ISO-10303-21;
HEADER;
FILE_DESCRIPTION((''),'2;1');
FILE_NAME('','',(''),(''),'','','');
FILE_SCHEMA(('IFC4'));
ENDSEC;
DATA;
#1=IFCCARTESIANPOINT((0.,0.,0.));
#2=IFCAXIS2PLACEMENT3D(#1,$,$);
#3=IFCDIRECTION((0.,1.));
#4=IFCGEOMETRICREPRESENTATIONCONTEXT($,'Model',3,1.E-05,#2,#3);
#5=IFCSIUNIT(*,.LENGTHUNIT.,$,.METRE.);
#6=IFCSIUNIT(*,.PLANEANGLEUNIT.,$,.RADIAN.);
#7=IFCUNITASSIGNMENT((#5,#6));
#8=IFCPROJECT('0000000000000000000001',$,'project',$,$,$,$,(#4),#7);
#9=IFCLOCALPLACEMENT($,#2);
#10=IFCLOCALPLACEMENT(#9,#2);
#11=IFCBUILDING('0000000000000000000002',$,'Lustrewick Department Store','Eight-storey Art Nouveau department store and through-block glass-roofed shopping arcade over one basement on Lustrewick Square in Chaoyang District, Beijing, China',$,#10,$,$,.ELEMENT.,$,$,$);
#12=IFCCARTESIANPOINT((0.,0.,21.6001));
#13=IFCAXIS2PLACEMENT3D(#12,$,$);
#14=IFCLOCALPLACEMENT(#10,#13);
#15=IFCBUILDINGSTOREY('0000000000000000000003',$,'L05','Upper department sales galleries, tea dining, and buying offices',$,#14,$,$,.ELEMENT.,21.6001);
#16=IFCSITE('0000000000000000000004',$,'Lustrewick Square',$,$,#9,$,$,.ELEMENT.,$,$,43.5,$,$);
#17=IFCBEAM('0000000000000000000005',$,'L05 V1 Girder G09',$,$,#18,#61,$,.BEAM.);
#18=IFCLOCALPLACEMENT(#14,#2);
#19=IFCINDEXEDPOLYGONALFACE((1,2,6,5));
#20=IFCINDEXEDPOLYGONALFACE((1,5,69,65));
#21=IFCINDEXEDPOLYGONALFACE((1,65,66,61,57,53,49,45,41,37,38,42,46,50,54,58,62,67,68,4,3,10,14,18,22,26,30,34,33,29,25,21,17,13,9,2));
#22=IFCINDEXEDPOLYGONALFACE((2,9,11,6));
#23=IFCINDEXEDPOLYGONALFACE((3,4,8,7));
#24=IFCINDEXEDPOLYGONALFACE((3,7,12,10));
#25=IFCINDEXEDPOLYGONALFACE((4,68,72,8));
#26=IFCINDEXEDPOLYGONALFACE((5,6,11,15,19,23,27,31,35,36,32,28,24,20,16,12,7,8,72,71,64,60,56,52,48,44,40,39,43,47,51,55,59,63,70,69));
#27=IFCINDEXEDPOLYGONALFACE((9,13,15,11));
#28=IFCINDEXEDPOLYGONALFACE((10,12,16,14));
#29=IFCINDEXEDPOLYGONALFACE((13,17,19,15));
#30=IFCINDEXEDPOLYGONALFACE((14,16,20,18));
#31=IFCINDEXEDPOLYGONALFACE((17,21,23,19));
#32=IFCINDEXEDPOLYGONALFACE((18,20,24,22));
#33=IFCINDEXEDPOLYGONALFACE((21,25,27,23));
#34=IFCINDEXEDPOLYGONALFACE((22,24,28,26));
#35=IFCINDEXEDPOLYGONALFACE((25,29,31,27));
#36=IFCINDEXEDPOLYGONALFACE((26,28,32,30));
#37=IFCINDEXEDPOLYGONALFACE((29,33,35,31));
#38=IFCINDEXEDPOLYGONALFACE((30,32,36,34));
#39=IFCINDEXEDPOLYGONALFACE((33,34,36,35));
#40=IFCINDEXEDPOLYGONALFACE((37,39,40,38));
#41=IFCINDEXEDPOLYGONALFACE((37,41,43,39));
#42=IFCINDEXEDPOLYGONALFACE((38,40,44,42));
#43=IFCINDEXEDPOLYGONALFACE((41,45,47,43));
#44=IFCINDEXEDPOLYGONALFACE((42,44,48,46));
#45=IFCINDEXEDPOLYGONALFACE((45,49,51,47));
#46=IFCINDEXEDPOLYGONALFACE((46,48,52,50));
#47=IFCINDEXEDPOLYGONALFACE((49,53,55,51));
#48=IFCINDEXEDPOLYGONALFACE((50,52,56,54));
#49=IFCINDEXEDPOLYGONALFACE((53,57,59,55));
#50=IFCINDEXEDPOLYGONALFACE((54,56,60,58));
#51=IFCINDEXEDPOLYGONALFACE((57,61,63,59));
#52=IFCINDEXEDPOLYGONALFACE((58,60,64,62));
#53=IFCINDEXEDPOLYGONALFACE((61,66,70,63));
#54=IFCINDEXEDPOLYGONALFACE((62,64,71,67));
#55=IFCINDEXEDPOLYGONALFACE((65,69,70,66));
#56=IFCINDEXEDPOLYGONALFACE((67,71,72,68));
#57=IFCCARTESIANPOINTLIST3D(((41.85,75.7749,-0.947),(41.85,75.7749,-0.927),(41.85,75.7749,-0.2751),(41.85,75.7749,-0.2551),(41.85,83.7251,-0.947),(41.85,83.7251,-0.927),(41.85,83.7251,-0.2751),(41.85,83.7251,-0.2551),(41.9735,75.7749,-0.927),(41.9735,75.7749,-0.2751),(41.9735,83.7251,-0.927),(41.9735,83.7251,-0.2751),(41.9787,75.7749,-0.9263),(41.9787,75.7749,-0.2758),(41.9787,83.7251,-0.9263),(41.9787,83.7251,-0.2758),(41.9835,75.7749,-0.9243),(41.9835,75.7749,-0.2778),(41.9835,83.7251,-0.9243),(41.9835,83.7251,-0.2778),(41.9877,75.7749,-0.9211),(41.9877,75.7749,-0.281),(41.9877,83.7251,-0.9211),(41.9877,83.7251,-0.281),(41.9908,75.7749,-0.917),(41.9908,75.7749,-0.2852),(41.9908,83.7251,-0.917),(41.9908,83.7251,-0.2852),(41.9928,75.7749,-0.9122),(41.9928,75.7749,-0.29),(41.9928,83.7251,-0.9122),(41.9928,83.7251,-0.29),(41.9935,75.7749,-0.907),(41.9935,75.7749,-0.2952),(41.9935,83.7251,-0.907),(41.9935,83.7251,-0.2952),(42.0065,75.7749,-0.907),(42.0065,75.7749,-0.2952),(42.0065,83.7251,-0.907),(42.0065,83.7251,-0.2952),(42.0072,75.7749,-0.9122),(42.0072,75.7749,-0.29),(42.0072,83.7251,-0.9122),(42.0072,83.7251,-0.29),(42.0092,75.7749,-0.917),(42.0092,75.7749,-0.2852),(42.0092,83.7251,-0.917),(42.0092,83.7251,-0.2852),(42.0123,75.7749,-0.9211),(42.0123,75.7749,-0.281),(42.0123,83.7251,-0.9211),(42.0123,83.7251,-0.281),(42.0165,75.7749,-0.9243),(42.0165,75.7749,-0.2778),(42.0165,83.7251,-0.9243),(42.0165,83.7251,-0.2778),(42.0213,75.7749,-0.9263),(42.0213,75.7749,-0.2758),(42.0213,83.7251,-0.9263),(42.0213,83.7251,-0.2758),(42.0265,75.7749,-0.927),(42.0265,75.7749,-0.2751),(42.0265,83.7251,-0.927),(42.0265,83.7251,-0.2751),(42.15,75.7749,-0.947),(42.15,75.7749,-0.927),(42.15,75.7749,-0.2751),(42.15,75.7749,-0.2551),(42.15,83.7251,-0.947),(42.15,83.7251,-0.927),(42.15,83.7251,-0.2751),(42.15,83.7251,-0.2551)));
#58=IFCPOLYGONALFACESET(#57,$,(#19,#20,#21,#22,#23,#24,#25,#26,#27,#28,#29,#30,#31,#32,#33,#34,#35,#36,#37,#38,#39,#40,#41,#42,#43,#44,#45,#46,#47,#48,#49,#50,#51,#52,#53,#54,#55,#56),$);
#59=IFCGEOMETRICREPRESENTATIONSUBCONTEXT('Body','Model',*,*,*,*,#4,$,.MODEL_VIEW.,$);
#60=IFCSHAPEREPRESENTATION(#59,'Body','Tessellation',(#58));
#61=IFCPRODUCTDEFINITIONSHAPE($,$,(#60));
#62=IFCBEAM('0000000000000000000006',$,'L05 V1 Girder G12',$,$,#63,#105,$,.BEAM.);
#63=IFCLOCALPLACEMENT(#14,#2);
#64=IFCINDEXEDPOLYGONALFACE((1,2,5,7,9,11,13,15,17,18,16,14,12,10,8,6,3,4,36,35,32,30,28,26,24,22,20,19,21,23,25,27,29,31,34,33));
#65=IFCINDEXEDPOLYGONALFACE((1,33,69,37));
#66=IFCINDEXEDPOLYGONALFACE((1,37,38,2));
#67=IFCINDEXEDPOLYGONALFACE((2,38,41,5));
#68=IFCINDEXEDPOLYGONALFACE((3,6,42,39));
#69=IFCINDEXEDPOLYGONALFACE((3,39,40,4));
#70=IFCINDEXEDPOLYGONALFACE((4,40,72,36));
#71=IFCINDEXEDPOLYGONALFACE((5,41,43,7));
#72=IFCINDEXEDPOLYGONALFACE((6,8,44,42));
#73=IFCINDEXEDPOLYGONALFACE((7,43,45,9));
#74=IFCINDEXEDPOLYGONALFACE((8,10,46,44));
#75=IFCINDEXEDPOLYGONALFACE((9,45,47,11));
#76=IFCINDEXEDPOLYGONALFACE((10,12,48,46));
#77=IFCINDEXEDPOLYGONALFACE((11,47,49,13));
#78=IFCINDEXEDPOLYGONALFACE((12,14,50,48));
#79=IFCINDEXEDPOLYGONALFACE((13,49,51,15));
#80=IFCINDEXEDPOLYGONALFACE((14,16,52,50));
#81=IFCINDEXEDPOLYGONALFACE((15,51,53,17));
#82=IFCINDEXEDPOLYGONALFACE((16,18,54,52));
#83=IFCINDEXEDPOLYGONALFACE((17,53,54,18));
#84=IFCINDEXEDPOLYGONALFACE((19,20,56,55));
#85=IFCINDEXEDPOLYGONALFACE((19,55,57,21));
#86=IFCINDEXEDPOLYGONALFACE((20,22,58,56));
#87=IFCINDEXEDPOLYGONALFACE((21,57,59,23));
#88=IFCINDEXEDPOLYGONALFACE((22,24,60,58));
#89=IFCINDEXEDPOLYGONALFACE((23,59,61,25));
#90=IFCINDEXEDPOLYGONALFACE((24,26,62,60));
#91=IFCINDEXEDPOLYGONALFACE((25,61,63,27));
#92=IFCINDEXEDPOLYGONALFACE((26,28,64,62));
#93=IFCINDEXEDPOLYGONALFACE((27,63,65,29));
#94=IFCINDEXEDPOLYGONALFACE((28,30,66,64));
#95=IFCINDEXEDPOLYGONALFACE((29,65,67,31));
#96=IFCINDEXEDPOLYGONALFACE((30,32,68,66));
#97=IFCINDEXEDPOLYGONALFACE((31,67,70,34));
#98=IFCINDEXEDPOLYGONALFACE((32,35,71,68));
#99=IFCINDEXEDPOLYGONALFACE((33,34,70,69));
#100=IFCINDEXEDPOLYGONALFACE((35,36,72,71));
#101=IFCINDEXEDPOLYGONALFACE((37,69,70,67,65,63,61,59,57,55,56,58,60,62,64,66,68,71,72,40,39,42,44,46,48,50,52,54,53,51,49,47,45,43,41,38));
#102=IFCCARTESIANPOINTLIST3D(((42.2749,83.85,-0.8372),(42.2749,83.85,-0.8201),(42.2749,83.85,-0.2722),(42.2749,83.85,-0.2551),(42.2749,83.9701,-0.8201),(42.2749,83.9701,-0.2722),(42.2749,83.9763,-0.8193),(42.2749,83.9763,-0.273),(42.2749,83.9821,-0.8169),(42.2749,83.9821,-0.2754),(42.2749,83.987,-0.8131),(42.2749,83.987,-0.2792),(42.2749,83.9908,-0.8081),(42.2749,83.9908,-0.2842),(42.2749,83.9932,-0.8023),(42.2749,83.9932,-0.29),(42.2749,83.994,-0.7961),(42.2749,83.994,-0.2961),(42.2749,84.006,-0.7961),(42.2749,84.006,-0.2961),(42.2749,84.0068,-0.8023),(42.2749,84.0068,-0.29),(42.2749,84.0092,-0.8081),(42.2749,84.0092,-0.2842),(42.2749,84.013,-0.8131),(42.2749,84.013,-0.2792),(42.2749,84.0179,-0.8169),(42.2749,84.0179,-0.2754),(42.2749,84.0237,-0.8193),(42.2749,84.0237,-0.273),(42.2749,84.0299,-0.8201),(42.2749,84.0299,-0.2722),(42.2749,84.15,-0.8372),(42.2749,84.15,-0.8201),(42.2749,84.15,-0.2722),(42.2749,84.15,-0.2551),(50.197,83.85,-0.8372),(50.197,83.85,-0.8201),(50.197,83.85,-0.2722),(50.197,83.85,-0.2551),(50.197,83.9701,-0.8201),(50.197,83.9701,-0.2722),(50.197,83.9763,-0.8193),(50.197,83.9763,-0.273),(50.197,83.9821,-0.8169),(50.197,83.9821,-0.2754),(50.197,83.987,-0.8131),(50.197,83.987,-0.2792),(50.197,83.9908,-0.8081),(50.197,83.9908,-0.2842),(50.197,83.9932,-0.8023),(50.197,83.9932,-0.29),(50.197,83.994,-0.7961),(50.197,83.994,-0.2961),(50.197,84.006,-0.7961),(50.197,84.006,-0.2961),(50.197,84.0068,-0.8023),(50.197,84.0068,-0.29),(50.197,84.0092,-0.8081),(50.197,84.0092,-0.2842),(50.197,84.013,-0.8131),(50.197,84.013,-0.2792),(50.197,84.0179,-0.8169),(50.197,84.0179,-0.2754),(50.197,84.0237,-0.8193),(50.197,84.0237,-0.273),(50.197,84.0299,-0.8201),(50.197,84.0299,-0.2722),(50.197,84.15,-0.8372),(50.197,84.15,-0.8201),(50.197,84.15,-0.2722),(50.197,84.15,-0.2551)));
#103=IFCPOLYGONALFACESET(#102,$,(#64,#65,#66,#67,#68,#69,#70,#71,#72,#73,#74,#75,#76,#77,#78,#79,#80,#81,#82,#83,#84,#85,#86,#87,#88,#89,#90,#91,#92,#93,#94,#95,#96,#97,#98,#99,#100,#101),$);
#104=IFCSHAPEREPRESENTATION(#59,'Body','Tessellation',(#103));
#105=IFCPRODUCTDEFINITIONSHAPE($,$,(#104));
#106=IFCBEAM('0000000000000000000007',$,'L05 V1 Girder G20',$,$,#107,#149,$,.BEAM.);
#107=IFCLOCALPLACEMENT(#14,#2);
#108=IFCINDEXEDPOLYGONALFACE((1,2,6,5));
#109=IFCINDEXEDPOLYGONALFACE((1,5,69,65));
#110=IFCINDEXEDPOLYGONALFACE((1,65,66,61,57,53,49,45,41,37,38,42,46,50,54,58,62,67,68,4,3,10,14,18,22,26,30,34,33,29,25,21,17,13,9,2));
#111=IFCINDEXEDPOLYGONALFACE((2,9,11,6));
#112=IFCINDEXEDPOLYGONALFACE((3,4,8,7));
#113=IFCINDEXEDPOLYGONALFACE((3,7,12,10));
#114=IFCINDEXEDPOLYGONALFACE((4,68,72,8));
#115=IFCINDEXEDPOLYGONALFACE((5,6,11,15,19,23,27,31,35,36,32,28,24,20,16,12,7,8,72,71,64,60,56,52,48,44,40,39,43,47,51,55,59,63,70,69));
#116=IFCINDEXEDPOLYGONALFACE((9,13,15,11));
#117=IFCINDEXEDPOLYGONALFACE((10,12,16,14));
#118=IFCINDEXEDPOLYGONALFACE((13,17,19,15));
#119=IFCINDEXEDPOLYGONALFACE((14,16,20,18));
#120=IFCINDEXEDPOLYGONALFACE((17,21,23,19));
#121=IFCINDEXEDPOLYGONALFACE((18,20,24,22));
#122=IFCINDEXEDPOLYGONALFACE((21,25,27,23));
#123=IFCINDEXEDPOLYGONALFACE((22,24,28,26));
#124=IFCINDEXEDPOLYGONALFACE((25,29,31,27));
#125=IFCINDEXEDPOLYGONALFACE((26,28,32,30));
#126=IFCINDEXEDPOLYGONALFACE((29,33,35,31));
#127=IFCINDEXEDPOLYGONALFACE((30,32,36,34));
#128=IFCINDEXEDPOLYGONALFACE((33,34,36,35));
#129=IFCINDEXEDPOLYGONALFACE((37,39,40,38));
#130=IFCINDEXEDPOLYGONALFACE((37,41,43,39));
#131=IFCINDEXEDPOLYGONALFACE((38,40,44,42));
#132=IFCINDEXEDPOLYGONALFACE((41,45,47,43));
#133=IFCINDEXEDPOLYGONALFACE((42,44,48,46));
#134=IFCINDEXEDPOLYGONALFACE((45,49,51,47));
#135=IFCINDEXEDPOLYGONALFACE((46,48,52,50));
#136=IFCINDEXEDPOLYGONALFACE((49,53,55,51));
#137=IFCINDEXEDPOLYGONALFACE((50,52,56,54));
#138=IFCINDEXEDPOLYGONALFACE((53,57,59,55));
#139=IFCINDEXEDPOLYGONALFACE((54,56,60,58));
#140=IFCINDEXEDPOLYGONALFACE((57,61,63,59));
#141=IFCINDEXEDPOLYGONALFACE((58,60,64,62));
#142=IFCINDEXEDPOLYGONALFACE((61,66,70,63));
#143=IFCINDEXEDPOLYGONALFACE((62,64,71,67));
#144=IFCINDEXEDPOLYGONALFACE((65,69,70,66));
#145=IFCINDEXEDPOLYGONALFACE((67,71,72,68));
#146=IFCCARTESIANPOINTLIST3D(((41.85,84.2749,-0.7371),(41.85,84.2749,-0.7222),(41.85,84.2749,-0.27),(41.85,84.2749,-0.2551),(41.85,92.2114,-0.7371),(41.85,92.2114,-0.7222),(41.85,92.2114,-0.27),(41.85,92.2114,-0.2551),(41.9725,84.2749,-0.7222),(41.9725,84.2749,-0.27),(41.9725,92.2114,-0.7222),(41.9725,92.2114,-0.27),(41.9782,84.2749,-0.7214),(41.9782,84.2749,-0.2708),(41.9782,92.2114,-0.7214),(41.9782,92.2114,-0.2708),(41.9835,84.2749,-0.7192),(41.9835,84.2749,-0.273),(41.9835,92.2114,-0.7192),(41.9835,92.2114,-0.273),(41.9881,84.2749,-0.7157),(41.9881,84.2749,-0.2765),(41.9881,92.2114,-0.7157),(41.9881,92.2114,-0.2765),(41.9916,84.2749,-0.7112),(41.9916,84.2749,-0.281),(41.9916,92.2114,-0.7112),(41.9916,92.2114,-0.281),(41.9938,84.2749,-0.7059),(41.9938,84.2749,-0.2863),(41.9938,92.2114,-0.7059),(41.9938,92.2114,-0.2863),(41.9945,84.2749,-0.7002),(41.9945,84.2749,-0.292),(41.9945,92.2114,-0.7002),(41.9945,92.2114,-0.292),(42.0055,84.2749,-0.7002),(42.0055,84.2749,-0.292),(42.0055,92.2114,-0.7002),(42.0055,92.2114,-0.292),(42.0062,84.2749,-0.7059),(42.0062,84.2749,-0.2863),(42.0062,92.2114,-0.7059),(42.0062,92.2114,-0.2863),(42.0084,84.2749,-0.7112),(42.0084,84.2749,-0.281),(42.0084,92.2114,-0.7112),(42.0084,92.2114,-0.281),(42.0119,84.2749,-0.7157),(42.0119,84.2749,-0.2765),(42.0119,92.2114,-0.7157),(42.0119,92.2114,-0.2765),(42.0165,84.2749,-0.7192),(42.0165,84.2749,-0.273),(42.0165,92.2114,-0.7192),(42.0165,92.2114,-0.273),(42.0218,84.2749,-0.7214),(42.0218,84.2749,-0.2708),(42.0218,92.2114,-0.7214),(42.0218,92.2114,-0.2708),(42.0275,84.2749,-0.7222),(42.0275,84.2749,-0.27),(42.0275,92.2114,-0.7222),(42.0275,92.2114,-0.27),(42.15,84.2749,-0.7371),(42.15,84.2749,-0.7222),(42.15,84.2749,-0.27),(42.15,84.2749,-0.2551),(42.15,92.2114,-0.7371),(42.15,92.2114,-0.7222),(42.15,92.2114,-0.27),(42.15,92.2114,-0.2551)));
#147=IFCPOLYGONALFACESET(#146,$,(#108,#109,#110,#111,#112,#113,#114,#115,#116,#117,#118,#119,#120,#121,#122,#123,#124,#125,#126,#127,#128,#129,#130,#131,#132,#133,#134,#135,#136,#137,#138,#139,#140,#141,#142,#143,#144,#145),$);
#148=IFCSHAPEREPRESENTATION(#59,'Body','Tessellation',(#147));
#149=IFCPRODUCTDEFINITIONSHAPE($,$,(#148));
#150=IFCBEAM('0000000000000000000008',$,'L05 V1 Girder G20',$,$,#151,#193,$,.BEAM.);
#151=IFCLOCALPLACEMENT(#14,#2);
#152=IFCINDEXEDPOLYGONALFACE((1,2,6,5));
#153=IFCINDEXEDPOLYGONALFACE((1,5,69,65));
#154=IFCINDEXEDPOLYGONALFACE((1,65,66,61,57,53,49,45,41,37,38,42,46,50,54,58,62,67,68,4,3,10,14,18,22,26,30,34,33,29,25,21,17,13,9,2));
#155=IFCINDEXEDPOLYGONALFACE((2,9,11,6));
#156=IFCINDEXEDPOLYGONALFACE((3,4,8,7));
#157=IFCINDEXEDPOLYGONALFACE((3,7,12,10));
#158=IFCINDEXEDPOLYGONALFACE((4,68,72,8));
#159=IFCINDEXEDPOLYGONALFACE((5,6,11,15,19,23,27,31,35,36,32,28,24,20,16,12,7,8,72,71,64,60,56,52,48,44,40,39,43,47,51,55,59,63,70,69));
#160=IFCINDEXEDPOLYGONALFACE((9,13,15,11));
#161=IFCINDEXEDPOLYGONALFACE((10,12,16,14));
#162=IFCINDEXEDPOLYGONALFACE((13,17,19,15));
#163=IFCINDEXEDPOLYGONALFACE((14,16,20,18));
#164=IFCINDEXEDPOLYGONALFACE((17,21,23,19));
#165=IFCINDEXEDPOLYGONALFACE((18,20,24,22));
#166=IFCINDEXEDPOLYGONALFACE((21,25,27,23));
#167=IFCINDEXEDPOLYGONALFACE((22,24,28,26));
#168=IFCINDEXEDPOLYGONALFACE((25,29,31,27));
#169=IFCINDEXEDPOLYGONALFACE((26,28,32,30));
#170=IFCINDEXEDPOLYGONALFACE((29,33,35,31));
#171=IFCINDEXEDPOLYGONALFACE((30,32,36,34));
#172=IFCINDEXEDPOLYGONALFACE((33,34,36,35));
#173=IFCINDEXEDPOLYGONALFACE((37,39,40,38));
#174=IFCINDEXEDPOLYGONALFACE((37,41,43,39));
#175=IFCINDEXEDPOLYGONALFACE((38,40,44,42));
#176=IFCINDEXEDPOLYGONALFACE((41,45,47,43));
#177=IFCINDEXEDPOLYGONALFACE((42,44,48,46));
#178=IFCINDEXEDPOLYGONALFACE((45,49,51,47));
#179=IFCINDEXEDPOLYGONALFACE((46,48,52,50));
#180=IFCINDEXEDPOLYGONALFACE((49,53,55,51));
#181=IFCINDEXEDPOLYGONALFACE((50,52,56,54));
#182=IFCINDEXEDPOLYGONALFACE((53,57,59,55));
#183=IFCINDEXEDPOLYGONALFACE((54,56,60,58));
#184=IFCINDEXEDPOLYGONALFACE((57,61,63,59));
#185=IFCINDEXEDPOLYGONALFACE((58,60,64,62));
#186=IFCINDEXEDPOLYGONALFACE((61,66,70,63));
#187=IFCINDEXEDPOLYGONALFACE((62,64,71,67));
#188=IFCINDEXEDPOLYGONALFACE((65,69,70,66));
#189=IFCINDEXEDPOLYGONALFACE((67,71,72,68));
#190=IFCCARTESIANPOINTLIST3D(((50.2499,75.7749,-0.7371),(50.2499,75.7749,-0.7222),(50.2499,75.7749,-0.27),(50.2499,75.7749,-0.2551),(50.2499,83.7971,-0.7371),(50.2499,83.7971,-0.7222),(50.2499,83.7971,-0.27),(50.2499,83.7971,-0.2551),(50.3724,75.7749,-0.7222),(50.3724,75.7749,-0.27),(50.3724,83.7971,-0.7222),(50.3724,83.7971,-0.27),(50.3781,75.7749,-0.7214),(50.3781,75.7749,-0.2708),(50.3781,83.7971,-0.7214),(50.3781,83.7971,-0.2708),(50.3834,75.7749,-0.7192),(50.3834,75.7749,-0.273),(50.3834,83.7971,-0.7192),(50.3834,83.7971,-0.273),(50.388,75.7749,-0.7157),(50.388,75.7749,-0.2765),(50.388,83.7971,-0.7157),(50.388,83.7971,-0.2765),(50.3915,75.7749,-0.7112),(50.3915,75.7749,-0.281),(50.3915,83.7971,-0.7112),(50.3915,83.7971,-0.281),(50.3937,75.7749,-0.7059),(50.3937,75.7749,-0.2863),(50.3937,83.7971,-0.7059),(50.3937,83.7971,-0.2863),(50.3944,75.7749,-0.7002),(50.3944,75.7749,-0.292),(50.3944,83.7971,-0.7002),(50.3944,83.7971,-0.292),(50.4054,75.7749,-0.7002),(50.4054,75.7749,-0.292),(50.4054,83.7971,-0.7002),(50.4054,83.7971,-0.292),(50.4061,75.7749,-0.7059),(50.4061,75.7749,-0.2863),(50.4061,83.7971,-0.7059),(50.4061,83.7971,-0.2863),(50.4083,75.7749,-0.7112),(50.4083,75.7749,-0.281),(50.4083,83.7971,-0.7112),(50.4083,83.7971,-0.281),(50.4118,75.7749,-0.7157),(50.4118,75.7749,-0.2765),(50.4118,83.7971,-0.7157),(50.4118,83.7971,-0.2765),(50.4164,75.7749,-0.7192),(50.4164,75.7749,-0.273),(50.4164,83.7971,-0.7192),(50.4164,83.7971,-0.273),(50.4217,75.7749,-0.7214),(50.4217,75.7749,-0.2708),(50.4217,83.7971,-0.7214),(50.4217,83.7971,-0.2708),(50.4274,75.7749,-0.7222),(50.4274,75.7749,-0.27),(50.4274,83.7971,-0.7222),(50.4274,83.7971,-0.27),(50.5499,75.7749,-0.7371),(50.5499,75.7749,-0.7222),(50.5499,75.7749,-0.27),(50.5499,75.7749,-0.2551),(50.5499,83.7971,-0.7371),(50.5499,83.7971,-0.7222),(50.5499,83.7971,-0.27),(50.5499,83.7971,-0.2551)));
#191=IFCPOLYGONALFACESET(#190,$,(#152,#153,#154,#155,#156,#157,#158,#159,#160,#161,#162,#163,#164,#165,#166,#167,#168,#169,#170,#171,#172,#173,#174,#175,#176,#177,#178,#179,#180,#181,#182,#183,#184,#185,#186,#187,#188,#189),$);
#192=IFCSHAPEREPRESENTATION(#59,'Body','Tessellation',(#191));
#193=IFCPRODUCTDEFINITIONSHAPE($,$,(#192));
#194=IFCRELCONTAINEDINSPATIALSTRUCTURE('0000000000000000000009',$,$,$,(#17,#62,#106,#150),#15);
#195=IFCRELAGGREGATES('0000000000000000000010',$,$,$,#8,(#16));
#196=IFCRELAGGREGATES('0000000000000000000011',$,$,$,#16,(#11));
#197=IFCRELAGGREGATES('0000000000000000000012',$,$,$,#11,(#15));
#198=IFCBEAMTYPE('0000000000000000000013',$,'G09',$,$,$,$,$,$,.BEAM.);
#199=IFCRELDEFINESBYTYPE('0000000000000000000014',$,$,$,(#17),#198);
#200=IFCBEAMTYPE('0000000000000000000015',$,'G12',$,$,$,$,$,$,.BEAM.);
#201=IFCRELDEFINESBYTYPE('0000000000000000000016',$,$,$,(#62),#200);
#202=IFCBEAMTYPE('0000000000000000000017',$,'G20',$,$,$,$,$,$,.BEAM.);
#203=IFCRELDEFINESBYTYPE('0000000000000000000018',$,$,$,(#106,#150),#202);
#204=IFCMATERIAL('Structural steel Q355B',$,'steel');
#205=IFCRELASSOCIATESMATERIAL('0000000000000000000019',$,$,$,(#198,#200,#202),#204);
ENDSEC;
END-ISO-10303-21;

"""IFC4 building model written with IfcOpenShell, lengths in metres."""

from ifc_helpers import new_model, si_unit, direction, frame, origin, origin_2d, place, context, subcontext, project, spatial, i_section, extrude, material, material_profile, profile_set, type_object, element, save


model = new_model("IFC4")

# Units and contexts
model_context = context("Model", 3, precision=1e-05, world=origin(), true_north=direction((0.0, 1.0)))
body_context = subcontext(model_context, "Body", "Model", "MODEL_VIEW")
ifc_project = project(units=[si_unit("LENGTHUNIT", "METRE"), si_unit("PLANEANGLEUNIT", "RADIAN")], contexts=[model_context])

# Site, building, storey
site_placement = place(None, origin())
site = spatial("IfcSite", under=ifc_project, at=site_placement, Name="Lustrewick Square", CompositionType="ELEMENT", RefElevation=43.5)
building_placement = place(site_placement, origin())
building = spatial("IfcBuilding", under=site, at=building_placement, Name="Lustrewick Department Store", Description="Eight-storey Art Nouveau department store and through-block glass-roofed shopping arcade over one basement on Lustrewick Square in Chaoyang District, Beijing, China", CompositionType="ELEMENT")
storey_placement = place(building_placement, frame((0.0, 0.0, 21.6001)))
storey = spatial("IfcBuildingStorey", under=building, at=storey_placement, Name="L05", Description="Upper department sales galleries, tea dining, and buying offices", CompositionType="ELEMENT", Elevation=21.6001)

# Shared definitions
ifc_material_1 = material(Name="Structural steel Q355B", Category="steel")

# Beams
ifc_material_profile_1 = material_profile(ifc_material_1, i_section(OverallWidth=0.3, OverallDepth=0.6919, WebThickness=0.0129, FlangeThickness=0.02, FilletRadius=0.02, at=origin_2d()), Name="HN 692x300x13x20")
ifc_profile_set_1 = profile_set([ifc_material_profile_1], Name="Structural steel Q355B")
beam_type_1 = type_object("IfcBeamType", Name="G09", PredefinedType="BEAM", material=ifc_profile_set_1)
beam_1_placement = place(storey_placement, frame((42.0, 75.7749, -0.6011), z_axis=(0.0, 1.0, 0.0), x_axis=(-1.0, 0.0, 0.0)))
element("IfcBeam", 1, at=beam_1_placement, inside=storey, type_object=beam_type_1, Name="L05 V1 Girder G09", PredefinedType="BEAM", context=body_context, shape_type="SweptSolid", body=[
    extrude(i_section(OverallWidth=0.3, OverallDepth=0.6919, WebThickness=0.0129, FlangeThickness=0.02, FilletRadius=0.02, at=origin_2d()), origin(), (0.0, 0.0, 1.0), 7.9502),
])
ifc_material_profile_2 = material_profile(ifc_material_1, i_section(OverallWidth=0.3, OverallDepth=0.582, WebThickness=0.012, FlangeThickness=0.0171, FilletRadius=0.0239, at=origin_2d()), Name="HM 582x300x12x17")
ifc_profile_set_2 = profile_set([ifc_material_profile_2], Name="Structural steel Q355B")
beam_type_2 = type_object("IfcBeamType", Name="G12", PredefinedType="BEAM", material=ifc_profile_set_2)
beam_2_placement = place(storey_placement, frame((42.2749, 84.0, -0.5461), z_axis=(1.0, 0.0, 0.0), x_axis=(0.0, 1.0, 0.0)))
element("IfcBeam", 2, at=beam_2_placement, inside=storey, type_object=beam_type_2, Name="L05 V1 Girder G12", PredefinedType="BEAM", context=body_context, shape_type="SweptSolid", body=[
    extrude(i_section(OverallWidth=0.3, OverallDepth=0.582, WebThickness=0.012, FlangeThickness=0.0171, FilletRadius=0.0239, at=origin_2d()), origin(), (0.0, 0.0, 1.0), 7.9221),
])
ifc_material_profile_3 = material_profile(ifc_material_1, i_section(OverallWidth=0.3, OverallDepth=0.4819, WebThickness=0.011, FlangeThickness=0.0149, FilletRadius=0.022, at=origin_2d()), Name="HM 482x300x11x15")
ifc_profile_set_3 = profile_set([ifc_material_profile_3], Name="Structural steel Q355B")
beam_type_3 = type_object("IfcBeamType", Name="G20", PredefinedType="BEAM", material=ifc_profile_set_3)
beam_3_placement = place(storey_placement, frame((42.0, 84.2749, -0.4961), z_axis=(0.0, 1.0, 0.0), x_axis=(-1.0, 0.0, 0.0)))
element("IfcBeam", 3, at=beam_3_placement, inside=storey, type_object=beam_type_3, Name="L05 V1 Girder G20", PredefinedType="BEAM", context=body_context, shape_type="SweptSolid", body=[
    extrude(i_section(OverallWidth=0.3, OverallDepth=0.4819, WebThickness=0.011, FlangeThickness=0.0149, FilletRadius=0.022, at=origin_2d()), origin(), (0.0, 0.0, 1.0), 7.9365),
])
beam_4_placement = place(storey_placement, frame((50.3999, 75.7749, -0.4961), z_axis=(0.0, 1.0, 0.0), x_axis=(-1.0, 0.0, 0.0)))
element("IfcBeam", 4, at=beam_4_placement, inside=storey, type_object=beam_type_3, Name="L05 V1 Girder G20", PredefinedType="BEAM", context=body_context, shape_type="SweptSolid", body=[
    extrude(i_section(OverallWidth=0.3, OverallDepth=0.4819, WebThickness=0.011, FlangeThickness=0.0149, FilletRadius=0.022, at=origin_2d()), origin(), (0.0, 0.0, 1.0), 8.0222),
])

save(model, "model.ifc")
